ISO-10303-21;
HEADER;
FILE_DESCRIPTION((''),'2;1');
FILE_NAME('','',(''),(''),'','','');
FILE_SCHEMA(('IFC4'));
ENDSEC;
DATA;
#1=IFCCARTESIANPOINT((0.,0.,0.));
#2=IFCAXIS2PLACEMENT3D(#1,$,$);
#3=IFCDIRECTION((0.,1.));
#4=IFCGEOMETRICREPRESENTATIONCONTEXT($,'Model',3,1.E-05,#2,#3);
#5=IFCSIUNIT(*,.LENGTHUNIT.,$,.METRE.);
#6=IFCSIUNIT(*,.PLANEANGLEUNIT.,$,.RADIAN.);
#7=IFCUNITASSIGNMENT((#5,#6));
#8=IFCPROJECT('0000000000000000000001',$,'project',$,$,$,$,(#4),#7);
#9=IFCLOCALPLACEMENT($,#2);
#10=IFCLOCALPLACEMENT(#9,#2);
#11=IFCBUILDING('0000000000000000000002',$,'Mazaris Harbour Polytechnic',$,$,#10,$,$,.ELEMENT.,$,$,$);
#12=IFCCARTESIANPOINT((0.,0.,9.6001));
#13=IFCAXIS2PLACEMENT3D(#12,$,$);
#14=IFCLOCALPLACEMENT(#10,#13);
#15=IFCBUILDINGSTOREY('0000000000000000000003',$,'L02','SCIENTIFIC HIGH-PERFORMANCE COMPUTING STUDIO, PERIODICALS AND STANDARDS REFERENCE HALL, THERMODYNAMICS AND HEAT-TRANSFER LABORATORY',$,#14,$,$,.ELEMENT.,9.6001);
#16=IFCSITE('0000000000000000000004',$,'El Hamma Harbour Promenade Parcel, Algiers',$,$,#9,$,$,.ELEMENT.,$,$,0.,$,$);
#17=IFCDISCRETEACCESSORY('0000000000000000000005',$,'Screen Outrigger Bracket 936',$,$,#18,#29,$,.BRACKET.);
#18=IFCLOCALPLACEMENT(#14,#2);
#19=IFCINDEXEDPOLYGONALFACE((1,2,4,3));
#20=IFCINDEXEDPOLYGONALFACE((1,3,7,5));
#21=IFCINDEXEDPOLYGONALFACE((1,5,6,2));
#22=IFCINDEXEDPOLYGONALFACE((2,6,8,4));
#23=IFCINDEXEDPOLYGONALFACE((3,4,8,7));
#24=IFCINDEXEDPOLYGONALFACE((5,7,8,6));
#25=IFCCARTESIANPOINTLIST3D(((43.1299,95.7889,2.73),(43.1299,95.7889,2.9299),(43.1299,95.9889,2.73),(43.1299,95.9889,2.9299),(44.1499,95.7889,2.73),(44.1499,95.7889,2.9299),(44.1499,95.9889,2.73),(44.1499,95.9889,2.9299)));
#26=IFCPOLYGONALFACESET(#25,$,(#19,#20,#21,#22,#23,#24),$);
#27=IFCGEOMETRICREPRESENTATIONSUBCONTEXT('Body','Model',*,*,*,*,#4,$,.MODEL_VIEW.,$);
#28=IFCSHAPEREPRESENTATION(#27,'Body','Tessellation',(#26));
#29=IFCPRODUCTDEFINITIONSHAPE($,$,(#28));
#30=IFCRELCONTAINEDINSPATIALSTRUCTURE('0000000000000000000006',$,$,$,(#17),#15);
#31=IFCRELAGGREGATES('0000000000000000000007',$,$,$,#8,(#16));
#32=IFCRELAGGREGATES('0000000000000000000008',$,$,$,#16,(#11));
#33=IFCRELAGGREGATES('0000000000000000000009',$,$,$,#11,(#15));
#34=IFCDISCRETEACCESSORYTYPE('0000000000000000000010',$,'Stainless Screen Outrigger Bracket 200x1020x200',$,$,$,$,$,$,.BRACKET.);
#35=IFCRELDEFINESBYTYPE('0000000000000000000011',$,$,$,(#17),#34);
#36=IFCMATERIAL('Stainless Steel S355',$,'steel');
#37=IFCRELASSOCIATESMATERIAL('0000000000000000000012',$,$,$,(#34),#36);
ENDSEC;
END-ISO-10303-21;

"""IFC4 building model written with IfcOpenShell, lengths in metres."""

from ifc_helpers import new_model, si_unit, direction, frame, origin, origin_2d, place, context, subcontext, project, spatial, rectangle, extrude, material, type_object, element, save


model = new_model("IFC4")

# Units and contexts
model_context = context("Model", 3, precision=1e-05, world=origin(), true_north=direction((0.0, 1.0)))
body_context = subcontext(model_context, "Body", "Model", "MODEL_VIEW")
ifc_project = project(units=[si_unit("LENGTHUNIT", "METRE"), si_unit("PLANEANGLEUNIT", "RADIAN")], contexts=[model_context])

# Site, building, storey
site_placement = place(None, origin())
site = spatial("IfcSite", under=ifc_project, at=site_placement, Name="El Hamma Harbour Promenade Parcel, Algiers", CompositionType="ELEMENT", RefElevation=0.0)
building_placement = place(site_placement, origin())
building = spatial("IfcBuilding", under=site, at=building_placement, Name="Mazaris Harbour Polytechnic", CompositionType="ELEMENT")
storey_placement = place(building_placement, frame((0.0, 0.0, 9.6001)))
storey = spatial("IfcBuildingStorey", under=building, at=storey_placement, Name="L02", Description="SCIENTIFIC HIGH-PERFORMANCE COMPUTING STUDIO, PERIODICALS AND STANDARDS REFERENCE HALL, THERMODYNAMICS AND HEAT-TRANSFER LABORATORY", CompositionType="ELEMENT", Elevation=9.6001)

# Discrete accessory
ifc_material_1 = material(Name="Stainless Steel S355", Category="steel")
discrete_accessory_type = type_object("IfcDiscreteAccessoryType", Name="Stainless Screen Outrigger Bracket 200x1020x200", PredefinedType="BRACKET", material=ifc_material_1)
for number, where, z_axis, x_axis, name in (
    (1, (43.6399, 95.8889, 2.73), (0.0, 0.0, 1.0), (0.0, -1.0, 0.0), "Screen Outrigger Bracket 936"),
):
    element("IfcDiscreteAccessory", number, at=place(storey_placement, frame(where, z_axis=z_axis, x_axis=x_axis)), inside=storey, type_object=discrete_accessory_type, Name=name, PredefinedType="BRACKET", context=body_context, shape_type="SweptSolid", body=[
        extrude(rectangle(XDim=0.2, YDim=1.02, at=origin_2d()), origin(), (0.0, 0.0, 1.0), 0.2),
    ])

save(model, "model.ifc")
